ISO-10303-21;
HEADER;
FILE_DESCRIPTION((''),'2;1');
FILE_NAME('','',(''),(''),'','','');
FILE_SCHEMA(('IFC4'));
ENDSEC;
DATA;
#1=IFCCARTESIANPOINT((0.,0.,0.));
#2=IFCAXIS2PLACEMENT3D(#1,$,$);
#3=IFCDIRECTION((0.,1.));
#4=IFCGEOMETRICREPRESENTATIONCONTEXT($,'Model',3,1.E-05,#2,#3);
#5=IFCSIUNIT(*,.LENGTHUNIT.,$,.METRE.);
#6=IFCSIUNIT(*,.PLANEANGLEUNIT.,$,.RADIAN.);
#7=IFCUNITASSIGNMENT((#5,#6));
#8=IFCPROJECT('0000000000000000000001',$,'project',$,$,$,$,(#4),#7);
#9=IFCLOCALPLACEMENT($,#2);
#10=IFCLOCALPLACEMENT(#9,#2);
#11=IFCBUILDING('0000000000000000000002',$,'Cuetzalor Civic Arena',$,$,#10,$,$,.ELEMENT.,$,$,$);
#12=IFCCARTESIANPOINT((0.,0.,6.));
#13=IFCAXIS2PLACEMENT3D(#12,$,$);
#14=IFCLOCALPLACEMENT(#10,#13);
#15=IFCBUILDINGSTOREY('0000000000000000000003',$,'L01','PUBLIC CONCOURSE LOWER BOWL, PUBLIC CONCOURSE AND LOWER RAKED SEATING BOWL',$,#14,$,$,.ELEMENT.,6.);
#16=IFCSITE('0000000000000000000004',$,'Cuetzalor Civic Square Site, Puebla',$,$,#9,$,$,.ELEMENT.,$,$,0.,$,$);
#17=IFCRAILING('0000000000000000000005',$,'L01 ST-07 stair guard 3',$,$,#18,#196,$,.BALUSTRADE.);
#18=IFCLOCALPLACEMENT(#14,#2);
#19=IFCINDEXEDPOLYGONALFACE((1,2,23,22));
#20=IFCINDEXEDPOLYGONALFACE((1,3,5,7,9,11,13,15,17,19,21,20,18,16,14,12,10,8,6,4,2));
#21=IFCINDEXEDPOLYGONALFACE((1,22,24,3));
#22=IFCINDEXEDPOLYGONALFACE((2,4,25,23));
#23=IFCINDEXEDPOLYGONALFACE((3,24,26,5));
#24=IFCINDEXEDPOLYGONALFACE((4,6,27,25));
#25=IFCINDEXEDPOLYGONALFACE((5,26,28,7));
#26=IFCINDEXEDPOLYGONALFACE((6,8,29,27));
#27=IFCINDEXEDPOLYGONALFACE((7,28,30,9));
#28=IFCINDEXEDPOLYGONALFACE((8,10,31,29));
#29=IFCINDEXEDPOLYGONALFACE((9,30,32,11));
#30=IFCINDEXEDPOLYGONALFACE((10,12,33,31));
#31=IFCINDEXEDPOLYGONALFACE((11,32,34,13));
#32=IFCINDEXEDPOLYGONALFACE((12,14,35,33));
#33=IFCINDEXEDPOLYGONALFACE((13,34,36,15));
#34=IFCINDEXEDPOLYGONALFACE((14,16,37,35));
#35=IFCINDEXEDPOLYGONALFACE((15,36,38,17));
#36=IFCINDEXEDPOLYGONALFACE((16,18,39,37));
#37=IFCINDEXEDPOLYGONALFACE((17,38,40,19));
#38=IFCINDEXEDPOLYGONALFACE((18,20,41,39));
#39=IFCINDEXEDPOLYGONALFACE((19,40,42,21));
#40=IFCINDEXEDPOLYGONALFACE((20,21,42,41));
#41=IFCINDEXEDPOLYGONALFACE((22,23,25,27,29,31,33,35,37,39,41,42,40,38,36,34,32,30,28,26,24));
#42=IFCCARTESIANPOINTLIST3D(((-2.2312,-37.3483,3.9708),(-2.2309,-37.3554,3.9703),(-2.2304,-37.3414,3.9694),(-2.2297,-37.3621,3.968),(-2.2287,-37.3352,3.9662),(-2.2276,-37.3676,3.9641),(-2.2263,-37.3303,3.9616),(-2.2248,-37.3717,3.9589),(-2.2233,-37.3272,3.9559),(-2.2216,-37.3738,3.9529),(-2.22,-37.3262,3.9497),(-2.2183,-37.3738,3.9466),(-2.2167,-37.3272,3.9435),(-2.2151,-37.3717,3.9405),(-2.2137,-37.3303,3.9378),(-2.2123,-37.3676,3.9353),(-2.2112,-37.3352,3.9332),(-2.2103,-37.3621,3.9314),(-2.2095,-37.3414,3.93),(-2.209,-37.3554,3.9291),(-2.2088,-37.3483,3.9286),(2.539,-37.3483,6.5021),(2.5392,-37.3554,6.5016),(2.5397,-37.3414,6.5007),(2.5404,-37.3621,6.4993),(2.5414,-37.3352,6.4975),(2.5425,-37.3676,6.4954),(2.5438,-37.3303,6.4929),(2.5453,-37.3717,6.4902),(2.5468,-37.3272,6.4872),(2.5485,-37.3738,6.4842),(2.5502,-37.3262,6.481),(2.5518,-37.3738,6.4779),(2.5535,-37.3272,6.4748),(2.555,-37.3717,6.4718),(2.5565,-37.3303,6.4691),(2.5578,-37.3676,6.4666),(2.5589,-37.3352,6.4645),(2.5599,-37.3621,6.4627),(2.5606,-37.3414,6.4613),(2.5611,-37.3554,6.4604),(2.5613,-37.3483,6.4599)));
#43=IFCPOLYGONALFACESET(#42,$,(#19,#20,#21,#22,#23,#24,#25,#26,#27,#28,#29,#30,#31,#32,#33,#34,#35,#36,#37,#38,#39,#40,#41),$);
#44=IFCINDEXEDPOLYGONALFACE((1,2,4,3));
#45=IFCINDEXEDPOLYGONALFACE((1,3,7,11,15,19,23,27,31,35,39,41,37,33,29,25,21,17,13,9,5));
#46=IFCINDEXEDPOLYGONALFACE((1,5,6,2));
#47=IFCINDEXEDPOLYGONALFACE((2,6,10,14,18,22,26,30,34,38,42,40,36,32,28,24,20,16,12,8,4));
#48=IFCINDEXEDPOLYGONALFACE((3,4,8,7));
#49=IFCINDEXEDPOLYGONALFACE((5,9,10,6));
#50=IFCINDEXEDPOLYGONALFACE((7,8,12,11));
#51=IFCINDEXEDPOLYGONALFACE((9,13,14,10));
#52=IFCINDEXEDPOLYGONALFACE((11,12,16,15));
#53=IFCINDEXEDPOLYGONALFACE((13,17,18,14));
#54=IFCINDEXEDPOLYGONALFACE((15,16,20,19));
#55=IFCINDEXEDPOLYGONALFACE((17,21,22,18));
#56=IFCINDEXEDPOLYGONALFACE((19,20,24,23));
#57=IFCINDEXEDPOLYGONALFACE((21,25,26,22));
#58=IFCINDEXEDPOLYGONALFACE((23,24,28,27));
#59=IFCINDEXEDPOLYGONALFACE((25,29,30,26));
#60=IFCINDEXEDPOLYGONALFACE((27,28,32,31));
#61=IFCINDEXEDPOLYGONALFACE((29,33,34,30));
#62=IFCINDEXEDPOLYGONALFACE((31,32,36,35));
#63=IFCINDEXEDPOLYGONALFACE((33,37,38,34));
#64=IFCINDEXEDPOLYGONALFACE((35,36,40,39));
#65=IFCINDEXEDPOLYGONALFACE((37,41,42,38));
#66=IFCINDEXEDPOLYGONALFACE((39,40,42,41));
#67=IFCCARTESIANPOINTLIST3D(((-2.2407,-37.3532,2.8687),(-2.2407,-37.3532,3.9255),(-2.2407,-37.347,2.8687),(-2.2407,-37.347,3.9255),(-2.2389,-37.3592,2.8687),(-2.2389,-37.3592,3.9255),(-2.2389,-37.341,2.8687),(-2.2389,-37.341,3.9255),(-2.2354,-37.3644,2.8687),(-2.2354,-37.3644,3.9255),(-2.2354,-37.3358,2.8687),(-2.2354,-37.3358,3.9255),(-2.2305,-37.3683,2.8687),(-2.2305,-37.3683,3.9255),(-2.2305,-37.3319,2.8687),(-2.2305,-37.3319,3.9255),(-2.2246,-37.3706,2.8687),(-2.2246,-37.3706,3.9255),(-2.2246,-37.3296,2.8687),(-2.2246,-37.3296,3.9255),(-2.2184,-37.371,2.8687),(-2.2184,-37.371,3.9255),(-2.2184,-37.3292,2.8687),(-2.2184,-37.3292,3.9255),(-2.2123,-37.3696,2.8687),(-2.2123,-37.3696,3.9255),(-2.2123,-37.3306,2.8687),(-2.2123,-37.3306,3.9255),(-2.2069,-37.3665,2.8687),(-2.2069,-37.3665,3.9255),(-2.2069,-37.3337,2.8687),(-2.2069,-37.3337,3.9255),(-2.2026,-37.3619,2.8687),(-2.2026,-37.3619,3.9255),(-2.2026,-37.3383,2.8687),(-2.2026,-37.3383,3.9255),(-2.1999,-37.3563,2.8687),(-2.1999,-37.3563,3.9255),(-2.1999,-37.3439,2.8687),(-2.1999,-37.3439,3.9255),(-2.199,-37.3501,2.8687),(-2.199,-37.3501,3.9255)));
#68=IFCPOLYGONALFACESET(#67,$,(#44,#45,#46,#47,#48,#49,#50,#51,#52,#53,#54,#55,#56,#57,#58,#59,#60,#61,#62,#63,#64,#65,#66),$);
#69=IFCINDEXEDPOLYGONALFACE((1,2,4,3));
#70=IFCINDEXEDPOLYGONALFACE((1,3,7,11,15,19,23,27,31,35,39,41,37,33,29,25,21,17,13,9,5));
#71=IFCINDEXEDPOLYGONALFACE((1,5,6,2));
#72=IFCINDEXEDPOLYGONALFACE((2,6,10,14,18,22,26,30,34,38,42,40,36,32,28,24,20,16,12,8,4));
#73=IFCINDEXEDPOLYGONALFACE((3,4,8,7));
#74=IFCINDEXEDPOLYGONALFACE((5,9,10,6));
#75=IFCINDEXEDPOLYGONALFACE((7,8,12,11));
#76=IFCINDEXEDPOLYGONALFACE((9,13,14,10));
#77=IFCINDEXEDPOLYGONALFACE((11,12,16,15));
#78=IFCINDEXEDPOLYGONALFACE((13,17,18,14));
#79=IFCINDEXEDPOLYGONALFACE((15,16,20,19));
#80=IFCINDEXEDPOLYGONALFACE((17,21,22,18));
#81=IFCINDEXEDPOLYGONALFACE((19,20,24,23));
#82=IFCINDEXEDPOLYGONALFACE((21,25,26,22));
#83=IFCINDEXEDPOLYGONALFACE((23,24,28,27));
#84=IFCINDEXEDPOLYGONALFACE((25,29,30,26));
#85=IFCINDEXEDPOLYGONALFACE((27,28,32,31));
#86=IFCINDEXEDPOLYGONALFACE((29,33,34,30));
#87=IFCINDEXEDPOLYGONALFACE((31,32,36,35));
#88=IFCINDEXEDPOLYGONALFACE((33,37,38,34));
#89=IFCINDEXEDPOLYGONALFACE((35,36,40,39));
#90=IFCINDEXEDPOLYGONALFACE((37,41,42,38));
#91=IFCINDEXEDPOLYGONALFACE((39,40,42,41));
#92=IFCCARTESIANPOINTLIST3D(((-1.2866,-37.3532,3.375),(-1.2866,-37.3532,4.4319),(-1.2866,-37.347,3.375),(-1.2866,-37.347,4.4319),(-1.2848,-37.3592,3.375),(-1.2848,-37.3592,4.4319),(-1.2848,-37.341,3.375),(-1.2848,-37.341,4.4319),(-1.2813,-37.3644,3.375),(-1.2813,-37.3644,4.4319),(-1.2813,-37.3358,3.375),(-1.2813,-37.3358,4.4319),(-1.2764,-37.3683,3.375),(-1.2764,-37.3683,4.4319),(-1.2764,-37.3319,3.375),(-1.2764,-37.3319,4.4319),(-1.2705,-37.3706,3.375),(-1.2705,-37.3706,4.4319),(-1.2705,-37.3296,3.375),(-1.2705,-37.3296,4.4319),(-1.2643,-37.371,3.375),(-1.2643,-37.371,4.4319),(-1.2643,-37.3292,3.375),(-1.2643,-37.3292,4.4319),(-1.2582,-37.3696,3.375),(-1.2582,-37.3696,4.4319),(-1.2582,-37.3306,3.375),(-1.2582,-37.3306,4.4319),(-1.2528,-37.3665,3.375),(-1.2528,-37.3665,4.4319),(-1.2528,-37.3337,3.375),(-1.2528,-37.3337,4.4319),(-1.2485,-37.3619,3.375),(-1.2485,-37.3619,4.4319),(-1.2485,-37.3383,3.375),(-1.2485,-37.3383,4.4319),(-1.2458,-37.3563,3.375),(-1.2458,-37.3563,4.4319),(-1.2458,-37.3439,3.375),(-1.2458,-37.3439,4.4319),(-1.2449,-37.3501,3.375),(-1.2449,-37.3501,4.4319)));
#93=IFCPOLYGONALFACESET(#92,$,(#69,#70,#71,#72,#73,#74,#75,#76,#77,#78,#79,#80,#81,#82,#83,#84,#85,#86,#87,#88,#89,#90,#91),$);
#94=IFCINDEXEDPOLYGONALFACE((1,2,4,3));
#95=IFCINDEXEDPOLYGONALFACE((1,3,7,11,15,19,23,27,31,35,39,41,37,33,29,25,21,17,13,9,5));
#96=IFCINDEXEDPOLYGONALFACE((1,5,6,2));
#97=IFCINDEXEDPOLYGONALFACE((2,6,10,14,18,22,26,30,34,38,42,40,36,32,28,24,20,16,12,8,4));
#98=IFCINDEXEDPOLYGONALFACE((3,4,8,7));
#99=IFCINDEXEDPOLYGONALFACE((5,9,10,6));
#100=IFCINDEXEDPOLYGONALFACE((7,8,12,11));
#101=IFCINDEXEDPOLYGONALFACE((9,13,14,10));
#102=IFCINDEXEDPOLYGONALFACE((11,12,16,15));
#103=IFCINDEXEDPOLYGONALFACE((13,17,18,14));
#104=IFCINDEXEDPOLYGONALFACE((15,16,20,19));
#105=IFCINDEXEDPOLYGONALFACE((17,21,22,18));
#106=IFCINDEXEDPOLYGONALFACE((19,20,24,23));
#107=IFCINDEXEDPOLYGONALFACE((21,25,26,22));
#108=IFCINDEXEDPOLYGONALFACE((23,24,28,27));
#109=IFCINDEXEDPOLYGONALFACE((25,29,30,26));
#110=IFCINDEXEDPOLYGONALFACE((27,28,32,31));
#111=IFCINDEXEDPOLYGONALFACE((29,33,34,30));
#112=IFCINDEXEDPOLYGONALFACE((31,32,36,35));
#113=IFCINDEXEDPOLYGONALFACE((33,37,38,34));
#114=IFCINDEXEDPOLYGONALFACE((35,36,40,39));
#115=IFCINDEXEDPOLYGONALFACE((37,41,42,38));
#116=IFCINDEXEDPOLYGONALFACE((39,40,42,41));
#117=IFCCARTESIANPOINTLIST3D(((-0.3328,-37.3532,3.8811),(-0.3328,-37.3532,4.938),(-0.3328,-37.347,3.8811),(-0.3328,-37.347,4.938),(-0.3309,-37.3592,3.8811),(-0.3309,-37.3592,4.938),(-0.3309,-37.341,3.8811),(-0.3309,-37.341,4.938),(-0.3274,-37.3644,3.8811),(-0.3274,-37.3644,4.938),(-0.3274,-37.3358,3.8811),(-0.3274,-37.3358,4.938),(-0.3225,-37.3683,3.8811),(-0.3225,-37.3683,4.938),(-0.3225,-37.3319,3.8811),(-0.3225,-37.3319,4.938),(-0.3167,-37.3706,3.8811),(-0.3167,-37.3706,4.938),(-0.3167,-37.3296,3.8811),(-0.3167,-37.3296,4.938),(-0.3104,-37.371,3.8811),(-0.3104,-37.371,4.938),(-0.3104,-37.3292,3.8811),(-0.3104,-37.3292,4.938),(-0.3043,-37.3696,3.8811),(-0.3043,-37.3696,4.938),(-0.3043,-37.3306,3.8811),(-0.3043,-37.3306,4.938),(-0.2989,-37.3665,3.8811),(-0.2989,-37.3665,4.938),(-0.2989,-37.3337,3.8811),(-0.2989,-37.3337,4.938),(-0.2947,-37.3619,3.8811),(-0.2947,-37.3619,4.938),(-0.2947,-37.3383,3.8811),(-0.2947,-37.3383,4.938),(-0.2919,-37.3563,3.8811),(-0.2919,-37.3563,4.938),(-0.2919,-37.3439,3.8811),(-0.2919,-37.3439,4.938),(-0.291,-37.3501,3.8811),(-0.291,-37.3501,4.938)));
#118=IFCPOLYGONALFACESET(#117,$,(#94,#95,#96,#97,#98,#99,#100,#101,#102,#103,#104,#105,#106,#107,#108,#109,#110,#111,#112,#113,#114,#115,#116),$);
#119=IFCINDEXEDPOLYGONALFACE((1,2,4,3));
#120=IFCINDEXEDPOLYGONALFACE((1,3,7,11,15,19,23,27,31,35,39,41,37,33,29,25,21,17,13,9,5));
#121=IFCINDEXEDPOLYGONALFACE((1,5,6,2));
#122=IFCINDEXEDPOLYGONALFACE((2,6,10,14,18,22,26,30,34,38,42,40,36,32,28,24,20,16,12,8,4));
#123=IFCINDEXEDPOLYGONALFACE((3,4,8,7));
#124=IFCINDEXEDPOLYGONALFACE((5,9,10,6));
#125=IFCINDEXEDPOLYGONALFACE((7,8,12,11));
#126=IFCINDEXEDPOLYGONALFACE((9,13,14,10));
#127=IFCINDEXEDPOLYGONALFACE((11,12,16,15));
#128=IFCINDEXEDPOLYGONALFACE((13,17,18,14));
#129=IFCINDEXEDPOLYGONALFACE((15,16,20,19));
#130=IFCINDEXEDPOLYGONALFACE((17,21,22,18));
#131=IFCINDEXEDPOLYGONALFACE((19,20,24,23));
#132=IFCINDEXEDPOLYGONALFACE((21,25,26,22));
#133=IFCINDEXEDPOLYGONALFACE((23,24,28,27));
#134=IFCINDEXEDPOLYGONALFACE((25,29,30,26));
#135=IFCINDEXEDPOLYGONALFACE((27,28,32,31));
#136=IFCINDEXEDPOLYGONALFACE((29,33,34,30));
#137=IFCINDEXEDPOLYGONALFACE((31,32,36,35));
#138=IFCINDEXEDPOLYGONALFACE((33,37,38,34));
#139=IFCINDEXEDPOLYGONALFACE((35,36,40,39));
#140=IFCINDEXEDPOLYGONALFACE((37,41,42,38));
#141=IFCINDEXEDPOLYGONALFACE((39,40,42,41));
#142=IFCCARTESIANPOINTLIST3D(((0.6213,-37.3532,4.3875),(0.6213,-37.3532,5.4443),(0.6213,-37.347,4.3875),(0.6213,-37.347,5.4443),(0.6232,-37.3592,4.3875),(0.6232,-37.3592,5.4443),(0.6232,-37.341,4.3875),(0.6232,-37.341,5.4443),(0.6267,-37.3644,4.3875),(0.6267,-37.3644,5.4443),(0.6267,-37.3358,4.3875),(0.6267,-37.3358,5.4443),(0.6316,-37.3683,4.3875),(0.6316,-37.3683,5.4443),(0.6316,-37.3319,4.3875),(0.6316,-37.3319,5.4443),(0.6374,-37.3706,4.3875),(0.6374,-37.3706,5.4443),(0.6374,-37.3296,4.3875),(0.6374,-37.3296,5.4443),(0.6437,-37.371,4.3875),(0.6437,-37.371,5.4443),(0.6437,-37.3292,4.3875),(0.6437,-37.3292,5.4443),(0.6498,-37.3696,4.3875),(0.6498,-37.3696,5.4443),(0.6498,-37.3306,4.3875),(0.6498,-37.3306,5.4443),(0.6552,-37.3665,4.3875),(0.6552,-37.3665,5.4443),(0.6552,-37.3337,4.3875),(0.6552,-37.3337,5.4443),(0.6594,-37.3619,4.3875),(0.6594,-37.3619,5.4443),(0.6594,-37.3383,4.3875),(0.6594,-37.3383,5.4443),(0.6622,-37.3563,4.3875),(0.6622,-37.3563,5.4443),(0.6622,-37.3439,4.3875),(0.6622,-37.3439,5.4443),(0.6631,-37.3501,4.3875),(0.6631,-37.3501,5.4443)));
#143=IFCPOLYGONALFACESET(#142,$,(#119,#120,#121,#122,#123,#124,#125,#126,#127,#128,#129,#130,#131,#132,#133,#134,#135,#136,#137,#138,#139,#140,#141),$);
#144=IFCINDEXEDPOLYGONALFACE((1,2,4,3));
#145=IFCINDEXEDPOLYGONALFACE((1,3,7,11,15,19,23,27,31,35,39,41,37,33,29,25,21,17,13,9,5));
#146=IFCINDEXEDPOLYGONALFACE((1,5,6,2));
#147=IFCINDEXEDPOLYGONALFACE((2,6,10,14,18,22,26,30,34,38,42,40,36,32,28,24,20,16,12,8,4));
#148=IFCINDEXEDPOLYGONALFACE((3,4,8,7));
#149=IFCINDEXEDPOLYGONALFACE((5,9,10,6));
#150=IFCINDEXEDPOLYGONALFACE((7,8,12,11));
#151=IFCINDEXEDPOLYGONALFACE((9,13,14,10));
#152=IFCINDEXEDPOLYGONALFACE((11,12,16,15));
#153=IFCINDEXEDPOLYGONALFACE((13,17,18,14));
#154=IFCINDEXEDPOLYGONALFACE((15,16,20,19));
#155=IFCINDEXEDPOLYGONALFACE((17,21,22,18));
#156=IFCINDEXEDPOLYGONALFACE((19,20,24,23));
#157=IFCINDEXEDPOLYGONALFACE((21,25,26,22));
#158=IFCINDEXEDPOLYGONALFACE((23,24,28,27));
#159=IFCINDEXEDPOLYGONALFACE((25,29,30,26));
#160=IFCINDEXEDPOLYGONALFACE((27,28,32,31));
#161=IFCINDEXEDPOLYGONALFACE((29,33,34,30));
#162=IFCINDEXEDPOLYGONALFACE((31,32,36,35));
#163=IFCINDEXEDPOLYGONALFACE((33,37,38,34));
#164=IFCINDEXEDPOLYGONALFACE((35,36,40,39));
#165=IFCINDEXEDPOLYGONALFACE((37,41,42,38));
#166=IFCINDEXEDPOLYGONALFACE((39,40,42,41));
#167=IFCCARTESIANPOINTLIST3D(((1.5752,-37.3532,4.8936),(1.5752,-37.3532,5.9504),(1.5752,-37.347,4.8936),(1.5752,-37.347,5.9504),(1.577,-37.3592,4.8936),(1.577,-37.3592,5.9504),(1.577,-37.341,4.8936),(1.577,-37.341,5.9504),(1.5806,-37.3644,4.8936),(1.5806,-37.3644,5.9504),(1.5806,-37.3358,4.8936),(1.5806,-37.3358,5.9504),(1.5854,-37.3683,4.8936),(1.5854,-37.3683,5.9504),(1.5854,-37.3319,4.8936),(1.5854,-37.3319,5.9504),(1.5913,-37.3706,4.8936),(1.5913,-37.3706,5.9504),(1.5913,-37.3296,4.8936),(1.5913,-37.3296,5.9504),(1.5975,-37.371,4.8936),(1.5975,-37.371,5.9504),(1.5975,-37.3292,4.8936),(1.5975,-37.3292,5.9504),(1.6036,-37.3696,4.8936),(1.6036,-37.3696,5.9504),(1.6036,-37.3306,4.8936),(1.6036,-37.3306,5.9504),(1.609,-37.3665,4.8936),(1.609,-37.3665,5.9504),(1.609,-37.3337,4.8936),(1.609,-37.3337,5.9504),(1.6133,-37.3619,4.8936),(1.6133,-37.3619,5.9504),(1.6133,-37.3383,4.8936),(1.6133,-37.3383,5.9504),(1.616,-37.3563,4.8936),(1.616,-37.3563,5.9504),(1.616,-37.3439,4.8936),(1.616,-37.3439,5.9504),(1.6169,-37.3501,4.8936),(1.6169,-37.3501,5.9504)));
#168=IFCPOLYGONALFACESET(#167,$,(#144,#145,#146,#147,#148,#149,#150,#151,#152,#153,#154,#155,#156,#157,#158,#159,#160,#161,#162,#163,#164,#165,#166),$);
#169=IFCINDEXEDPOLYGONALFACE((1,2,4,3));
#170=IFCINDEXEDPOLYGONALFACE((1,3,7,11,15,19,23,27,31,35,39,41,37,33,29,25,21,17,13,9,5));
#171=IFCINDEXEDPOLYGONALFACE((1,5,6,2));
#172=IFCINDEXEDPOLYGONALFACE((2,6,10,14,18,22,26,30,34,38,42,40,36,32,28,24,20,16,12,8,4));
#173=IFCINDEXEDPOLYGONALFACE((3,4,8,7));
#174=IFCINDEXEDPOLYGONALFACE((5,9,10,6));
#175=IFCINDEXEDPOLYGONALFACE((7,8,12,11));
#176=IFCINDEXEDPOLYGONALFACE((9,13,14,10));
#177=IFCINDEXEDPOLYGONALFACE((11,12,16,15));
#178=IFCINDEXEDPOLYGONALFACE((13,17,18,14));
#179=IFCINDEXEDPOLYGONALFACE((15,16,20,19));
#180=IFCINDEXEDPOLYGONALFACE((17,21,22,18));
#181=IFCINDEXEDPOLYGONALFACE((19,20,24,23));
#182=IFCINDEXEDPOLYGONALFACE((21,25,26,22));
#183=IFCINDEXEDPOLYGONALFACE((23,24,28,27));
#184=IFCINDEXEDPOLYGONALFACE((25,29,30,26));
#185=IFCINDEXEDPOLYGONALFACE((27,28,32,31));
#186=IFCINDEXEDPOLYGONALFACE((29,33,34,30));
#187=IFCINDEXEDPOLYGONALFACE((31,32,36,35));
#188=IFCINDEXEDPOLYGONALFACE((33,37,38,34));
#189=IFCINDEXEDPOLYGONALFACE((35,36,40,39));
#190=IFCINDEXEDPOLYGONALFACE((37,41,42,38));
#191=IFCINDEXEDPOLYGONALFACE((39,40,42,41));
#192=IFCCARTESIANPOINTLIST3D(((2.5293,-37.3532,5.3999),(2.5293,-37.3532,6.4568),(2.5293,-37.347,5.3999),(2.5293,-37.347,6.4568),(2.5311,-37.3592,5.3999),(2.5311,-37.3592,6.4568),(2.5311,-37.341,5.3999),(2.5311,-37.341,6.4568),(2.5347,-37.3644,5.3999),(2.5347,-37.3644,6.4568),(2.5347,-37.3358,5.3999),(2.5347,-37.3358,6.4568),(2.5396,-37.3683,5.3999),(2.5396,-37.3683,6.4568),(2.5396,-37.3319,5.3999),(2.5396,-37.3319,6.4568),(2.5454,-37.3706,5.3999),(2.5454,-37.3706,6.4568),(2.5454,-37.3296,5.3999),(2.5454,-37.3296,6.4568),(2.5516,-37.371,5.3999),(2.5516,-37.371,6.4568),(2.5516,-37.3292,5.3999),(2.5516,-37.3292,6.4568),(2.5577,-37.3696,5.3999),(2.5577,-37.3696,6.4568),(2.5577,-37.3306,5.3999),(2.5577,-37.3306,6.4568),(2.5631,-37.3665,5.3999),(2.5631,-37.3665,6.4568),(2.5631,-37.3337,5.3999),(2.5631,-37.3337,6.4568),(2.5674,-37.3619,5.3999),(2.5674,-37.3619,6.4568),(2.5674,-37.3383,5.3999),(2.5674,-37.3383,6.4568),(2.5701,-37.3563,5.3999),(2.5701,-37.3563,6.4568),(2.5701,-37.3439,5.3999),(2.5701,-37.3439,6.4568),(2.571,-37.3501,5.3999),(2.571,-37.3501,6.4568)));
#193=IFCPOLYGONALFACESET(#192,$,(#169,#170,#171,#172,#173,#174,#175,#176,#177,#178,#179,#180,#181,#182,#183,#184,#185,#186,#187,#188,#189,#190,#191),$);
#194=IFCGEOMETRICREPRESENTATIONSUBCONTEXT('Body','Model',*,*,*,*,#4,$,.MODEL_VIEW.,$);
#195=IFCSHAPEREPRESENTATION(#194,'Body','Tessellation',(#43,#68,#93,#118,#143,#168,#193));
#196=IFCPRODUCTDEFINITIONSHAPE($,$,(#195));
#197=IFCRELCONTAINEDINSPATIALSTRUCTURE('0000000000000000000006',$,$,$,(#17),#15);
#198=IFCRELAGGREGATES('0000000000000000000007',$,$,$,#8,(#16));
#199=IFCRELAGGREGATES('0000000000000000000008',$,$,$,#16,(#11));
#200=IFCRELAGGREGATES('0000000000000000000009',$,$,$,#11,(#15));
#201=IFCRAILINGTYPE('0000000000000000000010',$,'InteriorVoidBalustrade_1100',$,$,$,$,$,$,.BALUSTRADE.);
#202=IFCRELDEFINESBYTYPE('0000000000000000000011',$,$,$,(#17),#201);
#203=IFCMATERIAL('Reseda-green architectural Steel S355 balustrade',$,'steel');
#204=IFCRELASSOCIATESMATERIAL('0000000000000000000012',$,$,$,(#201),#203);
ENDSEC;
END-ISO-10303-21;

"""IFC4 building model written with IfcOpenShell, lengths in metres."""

from ifc_helpers import new_model, si_unit, direction, frame, origin, origin_2d, place, context, subcontext, project, spatial, circle, extrude, material, type_object, element, save


model = new_model("IFC4")

# Units and contexts
model_context = context("Model", 3, precision=1e-05, world=origin(), true_north=direction((0.0, 1.0)))
body_context = subcontext(model_context, "Body", "Model", "MODEL_VIEW")
ifc_project = project(units=[si_unit("LENGTHUNIT", "METRE"), si_unit("PLANEANGLEUNIT", "RADIAN")], contexts=[model_context])

# Site, building, storey
site_placement = place(None, origin())
site = spatial("IfcSite", under=ifc_project, at=site_placement, Name="Cuetzalor Civic Square Site, Puebla", CompositionType="ELEMENT", RefElevation=0.0)
building_placement = place(site_placement, origin())
building = spatial("IfcBuilding", under=site, at=building_placement, Name="Cuetzalor Civic Arena", CompositionType="ELEMENT")
storey_placement = place(building_placement, frame((0.0, 0.0, 6.0)))
storey = spatial("IfcBuildingStorey", under=building, at=storey_placement, Name="L01", Description="PUBLIC CONCOURSE LOWER BOWL, PUBLIC CONCOURSE AND LOWER RAKED SEATING BOWL", CompositionType="ELEMENT", Elevation=6.0)

# Railing
ifc_material_1 = material(Name="Reseda-green architectural Steel S355 balustrade", Category="steel")
railing_type_1 = type_object("IfcRailingType", Name="InteriorVoidBalustrade_1100", PredefinedType="BALUSTRADE", material=ifc_material_1)
railing_1_placement = place(storey_placement, frame((-2.22, -37.3501, 2.8687)))
element("IfcRailing", 1, at=railing_1_placement, inside=storey, type_object=railing_type_1, Name="L01 ST-07 stair guard 3", PredefinedType="BALUSTRADE", context=body_context, shape_type="SweptSolid", body=[
    extrude(circle(Radius=0.0239, at=origin_2d()), frame((0.0, 0.0, 1.0811), z_axis=(0.883332, 0.0, 0.468747), x_axis=(0.0, 1.0, 0.0)), (0.0, 0.0, 1.0), 5.4001),
    extrude(circle(Radius=0.021, at=origin_2d()), origin(), (0.0, 0.0, 1.0), 1.0569),
    extrude(circle(Radius=0.021, at=origin_2d()), frame((0.9541, 0.0, 0.5063)), (0.0, 0.0, 1.0), 1.0569),
    extrude(circle(Radius=0.021, at=origin_2d()), frame((1.908, 0.0, 1.0125)), (0.0, 0.0, 1.0), 1.0569),
    extrude(circle(Radius=0.021, at=origin_2d()), frame((2.8621, 0.0, 1.5188)), (0.0, 0.0, 1.0), 1.0569),
    extrude(circle(Radius=0.021, at=origin_2d()), frame((3.8159, 0.0, 2.0249)), (0.0, 0.0, 1.0), 1.0569),
    extrude(circle(Radius=0.021, at=origin_2d()), frame((4.77, 0.0, 2.5312)), (0.0, 0.0, 1.0), 1.0569),
])

save(model, "model.ifc")
